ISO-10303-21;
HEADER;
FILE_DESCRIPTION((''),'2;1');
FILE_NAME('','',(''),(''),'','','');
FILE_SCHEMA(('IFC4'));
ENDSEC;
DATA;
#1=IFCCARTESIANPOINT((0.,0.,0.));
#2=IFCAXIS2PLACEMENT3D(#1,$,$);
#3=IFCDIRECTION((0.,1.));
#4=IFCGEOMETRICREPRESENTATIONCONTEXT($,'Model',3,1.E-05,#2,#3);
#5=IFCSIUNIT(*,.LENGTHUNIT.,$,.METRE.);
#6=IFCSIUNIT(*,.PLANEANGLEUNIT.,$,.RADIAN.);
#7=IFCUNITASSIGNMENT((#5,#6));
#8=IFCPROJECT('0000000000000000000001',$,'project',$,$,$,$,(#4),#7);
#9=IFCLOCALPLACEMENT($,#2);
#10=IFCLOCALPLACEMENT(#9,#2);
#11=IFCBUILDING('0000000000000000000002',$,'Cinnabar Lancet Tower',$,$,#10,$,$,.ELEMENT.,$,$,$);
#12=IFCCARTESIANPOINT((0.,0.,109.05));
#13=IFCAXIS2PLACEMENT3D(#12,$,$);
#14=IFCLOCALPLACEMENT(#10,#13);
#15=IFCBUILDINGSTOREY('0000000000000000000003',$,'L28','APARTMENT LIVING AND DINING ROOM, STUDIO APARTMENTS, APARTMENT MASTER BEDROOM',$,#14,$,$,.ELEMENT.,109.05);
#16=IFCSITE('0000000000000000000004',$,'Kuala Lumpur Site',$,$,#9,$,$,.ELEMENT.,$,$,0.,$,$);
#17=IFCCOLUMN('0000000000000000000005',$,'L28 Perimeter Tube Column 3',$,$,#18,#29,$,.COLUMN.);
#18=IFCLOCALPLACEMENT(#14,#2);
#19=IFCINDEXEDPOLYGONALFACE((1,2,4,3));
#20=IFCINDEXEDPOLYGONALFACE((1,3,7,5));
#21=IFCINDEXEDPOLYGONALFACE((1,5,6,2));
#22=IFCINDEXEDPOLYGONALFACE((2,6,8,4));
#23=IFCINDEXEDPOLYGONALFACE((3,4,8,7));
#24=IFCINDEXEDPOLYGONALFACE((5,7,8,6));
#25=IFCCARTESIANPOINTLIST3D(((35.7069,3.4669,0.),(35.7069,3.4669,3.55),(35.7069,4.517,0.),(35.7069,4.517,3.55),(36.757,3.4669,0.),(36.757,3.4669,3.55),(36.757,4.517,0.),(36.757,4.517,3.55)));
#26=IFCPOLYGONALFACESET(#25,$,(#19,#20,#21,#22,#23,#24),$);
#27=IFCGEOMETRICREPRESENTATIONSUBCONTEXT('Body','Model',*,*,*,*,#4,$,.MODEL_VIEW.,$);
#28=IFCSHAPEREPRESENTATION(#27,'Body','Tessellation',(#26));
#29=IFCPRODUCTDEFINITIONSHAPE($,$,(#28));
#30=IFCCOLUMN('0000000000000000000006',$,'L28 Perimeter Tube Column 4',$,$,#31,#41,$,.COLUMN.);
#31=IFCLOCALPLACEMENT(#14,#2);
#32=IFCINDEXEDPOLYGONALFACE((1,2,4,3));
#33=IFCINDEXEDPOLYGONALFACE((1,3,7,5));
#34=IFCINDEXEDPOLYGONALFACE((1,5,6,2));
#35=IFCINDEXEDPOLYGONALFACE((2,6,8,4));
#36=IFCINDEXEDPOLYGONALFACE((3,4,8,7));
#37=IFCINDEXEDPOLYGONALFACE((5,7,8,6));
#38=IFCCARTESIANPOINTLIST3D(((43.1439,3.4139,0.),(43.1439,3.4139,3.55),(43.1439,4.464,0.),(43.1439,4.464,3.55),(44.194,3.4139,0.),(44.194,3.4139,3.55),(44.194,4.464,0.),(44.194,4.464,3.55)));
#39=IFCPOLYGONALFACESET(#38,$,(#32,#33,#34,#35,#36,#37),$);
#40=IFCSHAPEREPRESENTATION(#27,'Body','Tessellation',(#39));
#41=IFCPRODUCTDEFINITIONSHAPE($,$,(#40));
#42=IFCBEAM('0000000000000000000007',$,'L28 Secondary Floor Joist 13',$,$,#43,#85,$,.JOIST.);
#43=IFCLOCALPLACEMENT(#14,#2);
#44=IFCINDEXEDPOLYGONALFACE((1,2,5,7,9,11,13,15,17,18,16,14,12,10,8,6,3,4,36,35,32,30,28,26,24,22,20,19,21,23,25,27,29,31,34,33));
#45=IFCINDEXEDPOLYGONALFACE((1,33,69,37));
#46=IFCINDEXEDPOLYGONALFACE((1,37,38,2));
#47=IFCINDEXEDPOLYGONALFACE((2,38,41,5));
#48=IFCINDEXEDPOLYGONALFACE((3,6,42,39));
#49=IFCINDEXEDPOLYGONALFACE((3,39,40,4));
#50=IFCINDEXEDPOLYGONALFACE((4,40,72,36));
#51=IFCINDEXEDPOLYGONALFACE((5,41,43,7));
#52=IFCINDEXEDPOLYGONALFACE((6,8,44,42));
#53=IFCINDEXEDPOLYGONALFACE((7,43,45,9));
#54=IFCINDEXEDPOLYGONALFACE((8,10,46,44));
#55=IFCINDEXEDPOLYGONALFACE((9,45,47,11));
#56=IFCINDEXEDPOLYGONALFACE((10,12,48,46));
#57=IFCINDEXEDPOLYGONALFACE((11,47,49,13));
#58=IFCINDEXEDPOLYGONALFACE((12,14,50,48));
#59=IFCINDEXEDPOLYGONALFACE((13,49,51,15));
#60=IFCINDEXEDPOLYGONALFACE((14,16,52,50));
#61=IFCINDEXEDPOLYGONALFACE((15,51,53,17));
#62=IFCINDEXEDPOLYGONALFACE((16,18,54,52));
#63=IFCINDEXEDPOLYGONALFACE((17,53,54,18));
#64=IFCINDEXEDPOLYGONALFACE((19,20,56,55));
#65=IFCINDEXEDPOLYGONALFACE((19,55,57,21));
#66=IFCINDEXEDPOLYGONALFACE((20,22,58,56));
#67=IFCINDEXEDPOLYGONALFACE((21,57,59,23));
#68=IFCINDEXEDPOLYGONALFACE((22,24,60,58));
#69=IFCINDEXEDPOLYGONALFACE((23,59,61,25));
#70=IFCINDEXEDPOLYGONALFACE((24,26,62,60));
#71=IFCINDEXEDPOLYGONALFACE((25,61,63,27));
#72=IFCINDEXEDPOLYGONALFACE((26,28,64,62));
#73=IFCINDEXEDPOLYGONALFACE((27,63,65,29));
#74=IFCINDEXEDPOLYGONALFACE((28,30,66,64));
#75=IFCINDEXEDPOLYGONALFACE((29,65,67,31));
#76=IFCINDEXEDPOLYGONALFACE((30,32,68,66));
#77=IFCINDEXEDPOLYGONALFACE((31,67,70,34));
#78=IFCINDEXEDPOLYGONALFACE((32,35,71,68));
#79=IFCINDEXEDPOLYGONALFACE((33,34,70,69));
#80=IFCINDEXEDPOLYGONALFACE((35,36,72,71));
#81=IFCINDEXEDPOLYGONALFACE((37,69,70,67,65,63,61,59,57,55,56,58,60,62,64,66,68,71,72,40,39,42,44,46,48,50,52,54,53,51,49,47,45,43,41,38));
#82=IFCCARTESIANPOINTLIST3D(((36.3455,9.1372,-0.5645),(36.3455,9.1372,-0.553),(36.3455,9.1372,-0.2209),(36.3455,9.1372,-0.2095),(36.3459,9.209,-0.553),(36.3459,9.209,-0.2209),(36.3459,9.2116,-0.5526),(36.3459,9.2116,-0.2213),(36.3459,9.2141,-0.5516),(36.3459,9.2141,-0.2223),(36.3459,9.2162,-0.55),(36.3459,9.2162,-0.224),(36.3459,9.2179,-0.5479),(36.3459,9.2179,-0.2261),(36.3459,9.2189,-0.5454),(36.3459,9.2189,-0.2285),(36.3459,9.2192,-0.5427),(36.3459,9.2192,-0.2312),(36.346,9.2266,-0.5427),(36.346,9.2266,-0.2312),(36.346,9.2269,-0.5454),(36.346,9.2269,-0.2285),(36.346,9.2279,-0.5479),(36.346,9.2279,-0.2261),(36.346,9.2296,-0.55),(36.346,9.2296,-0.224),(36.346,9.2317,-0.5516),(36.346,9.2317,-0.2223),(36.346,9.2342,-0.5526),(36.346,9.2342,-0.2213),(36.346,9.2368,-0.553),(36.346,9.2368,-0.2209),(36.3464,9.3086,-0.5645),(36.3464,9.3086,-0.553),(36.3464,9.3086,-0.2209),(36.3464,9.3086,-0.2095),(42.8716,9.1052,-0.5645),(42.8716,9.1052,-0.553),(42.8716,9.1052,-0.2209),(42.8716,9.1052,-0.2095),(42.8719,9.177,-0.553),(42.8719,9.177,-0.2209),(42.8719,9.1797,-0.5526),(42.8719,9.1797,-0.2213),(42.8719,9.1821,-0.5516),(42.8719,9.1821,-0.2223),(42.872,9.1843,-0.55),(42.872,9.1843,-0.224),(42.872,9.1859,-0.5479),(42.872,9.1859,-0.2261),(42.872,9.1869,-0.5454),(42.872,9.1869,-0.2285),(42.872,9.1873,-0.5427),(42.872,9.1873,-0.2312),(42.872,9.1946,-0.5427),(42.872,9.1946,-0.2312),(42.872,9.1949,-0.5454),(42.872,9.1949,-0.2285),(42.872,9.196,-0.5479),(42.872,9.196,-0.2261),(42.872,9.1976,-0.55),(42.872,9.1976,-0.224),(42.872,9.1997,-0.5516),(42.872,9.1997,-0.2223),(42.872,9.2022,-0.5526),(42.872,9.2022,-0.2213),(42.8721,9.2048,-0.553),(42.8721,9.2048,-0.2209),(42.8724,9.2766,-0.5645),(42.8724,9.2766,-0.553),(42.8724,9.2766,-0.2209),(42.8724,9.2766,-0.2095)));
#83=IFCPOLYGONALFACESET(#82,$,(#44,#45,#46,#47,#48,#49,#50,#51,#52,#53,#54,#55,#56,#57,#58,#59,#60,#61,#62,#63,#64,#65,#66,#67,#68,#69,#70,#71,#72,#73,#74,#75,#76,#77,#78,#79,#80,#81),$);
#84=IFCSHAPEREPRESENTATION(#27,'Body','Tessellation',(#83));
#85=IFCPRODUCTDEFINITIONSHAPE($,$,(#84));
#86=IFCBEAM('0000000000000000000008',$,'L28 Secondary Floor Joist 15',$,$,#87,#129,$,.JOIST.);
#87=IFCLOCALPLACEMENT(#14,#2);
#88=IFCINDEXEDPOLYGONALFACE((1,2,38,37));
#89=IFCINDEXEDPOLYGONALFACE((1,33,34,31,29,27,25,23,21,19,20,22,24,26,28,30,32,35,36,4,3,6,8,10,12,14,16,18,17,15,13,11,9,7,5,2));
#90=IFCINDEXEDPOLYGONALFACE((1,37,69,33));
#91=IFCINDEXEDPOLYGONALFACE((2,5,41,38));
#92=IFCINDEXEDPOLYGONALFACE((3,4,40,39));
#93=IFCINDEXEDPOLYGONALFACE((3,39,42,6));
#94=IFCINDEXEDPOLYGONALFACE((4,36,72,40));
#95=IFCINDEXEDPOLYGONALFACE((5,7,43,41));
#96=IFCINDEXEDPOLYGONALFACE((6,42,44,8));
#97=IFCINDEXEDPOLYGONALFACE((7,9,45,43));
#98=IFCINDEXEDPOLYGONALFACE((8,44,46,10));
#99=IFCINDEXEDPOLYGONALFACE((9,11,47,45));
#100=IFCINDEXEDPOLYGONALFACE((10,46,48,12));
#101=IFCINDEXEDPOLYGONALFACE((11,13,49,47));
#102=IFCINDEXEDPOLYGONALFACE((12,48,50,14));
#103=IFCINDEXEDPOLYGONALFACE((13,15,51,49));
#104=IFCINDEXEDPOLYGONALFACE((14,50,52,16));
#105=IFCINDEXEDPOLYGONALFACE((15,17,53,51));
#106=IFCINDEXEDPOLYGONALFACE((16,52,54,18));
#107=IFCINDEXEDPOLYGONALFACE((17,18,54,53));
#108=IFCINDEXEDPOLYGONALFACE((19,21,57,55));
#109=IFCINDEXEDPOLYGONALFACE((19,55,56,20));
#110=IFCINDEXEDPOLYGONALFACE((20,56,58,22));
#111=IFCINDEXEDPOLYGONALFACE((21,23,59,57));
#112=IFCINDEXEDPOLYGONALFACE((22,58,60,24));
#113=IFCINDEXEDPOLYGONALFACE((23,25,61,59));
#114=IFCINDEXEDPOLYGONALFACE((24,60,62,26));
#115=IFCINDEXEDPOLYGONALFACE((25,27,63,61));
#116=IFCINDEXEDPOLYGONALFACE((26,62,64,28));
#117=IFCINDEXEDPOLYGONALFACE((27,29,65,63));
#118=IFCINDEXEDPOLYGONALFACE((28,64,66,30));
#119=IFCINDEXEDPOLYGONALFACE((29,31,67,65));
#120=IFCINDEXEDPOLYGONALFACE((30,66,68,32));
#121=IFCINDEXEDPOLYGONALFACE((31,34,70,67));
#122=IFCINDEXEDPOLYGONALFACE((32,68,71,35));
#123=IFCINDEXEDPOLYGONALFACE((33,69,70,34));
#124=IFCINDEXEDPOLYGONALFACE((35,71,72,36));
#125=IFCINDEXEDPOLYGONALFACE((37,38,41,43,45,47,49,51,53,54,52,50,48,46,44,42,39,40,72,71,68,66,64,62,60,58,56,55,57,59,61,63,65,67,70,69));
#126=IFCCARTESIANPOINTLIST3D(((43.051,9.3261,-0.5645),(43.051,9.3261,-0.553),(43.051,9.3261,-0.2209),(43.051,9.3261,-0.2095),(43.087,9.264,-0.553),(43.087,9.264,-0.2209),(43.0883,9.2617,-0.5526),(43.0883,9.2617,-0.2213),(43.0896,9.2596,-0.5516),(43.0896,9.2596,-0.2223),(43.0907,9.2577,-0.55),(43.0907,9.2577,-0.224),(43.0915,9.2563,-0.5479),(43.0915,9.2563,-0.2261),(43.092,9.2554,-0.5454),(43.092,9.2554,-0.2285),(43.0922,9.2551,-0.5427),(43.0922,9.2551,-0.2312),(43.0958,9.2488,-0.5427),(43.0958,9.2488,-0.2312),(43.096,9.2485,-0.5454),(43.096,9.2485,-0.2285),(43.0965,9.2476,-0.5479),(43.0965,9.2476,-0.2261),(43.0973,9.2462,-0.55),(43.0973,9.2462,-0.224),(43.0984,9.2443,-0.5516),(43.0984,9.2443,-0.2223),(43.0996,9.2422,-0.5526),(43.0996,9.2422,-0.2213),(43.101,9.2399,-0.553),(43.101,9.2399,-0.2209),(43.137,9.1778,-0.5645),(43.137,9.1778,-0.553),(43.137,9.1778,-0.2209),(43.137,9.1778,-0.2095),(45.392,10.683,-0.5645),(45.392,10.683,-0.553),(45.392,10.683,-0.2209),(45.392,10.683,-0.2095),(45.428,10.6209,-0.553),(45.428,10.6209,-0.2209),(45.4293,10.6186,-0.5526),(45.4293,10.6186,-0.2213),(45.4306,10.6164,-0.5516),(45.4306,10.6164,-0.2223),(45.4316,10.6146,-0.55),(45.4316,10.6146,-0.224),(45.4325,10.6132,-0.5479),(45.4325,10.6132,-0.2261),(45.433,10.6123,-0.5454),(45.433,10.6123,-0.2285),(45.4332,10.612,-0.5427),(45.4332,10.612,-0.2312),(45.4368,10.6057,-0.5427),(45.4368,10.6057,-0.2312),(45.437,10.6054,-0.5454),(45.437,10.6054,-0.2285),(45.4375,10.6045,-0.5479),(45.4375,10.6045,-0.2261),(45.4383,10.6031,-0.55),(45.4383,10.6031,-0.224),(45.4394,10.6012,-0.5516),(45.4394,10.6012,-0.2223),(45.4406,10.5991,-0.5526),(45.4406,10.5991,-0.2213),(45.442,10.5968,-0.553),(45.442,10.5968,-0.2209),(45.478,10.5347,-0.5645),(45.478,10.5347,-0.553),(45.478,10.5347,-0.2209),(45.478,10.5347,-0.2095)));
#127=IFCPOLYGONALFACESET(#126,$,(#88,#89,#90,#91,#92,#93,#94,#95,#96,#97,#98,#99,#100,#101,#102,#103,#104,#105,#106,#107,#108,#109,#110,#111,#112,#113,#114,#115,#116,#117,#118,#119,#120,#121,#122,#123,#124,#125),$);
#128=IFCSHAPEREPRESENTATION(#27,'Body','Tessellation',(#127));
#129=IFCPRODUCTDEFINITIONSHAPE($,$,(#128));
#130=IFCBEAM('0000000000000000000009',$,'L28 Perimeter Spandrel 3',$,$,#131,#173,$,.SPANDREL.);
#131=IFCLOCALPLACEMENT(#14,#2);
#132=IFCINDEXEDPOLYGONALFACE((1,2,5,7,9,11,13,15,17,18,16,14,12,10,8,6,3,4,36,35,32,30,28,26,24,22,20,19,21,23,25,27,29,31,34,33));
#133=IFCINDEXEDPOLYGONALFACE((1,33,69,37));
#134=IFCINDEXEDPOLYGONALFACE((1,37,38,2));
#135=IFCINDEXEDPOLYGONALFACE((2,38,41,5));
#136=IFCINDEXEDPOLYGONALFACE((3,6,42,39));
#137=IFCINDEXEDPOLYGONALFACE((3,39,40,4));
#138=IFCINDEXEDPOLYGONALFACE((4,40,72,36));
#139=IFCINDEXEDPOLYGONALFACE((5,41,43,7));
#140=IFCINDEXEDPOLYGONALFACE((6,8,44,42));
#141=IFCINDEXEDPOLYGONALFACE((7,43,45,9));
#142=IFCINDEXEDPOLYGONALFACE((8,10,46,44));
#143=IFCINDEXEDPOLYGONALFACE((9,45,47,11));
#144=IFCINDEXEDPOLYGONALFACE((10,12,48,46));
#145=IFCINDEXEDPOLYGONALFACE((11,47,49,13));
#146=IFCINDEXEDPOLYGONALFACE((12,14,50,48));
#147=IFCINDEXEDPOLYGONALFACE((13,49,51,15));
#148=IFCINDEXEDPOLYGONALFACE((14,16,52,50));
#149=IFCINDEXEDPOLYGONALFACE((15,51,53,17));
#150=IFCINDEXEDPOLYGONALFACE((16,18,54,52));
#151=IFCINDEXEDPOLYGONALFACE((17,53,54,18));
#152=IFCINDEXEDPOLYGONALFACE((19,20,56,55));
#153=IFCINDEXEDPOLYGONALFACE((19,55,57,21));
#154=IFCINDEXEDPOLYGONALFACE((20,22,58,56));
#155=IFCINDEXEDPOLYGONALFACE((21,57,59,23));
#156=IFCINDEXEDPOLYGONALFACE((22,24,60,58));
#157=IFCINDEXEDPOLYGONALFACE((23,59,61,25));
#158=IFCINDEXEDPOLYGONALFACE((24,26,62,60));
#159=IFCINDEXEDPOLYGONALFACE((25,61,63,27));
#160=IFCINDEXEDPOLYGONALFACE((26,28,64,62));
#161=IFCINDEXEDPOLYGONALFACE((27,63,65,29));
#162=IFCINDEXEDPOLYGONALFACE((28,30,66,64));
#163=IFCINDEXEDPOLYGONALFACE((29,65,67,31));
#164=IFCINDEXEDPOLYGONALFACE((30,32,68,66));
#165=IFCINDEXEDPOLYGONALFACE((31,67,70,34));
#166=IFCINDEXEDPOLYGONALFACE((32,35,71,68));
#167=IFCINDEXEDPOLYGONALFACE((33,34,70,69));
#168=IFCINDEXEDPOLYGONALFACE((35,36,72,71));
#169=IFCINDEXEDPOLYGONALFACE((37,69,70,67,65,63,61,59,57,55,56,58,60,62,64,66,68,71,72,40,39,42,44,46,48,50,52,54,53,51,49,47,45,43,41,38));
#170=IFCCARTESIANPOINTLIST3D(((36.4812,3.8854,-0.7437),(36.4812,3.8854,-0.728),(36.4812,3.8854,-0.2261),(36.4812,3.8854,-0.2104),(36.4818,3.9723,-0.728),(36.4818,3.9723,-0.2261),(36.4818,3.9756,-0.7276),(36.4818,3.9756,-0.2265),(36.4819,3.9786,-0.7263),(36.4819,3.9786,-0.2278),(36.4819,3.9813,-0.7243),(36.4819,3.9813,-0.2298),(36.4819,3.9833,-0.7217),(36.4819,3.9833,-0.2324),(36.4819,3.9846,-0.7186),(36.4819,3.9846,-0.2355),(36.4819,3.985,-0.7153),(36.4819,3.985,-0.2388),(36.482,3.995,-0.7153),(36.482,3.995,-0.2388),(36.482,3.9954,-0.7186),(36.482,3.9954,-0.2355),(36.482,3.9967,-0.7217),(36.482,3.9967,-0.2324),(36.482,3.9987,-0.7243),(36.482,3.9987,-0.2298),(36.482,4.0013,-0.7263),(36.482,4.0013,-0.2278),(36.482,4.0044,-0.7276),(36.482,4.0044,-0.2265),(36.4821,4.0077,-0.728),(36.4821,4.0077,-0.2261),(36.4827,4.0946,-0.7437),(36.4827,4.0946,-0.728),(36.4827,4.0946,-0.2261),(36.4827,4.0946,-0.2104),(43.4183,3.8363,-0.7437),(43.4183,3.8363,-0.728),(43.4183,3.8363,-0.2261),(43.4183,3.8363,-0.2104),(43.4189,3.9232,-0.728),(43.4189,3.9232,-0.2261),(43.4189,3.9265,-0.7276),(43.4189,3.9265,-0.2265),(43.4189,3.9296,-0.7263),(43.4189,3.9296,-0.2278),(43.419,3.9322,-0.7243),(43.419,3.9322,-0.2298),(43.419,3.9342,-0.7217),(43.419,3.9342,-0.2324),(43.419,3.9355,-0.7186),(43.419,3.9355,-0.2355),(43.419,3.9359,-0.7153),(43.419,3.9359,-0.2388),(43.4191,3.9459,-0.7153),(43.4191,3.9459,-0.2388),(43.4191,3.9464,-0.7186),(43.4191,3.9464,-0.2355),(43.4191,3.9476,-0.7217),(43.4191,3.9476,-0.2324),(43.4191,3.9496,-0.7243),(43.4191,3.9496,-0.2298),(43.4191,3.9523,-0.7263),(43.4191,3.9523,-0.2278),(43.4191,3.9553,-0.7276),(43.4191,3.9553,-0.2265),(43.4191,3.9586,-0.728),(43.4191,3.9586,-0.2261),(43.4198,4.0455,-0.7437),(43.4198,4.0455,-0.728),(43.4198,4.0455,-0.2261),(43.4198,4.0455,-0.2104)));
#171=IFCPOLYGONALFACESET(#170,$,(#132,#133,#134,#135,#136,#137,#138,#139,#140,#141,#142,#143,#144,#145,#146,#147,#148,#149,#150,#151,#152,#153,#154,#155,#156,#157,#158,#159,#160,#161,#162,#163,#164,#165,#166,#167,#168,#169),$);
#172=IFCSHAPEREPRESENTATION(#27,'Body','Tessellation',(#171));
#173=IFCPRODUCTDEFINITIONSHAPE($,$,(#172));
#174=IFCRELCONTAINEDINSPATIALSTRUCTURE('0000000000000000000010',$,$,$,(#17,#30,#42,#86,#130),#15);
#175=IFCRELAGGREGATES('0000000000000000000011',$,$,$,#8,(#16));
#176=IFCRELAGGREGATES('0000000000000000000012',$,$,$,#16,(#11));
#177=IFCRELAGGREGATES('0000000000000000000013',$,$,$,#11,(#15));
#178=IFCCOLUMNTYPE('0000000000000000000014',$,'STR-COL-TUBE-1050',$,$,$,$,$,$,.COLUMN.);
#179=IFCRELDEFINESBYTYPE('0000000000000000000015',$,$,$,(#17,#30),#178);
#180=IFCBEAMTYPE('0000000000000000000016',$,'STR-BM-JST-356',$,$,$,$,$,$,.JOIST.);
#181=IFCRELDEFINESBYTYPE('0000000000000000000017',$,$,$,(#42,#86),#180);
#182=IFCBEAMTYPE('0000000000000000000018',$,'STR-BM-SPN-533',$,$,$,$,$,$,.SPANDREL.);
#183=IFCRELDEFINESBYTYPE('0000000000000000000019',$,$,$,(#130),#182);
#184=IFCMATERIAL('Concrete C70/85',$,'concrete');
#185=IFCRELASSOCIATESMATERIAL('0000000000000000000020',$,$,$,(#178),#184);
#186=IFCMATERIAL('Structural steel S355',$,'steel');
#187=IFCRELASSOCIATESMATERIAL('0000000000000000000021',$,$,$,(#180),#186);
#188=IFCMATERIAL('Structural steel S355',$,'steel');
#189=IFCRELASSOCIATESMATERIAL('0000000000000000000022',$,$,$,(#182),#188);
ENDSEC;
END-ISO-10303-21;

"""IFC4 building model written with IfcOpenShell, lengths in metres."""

from ifc_helpers import new_model, si_unit, direction, frame, origin, origin_2d, place, context, subcontext, project, spatial, rectangle, i_section, extrude, material, material_profile, profile_set, type_object, element, save


model = new_model("IFC4")

# Units and contexts
model_context = context("Model", 3, precision=1e-05, world=origin(), true_north=direction((0.0, 1.0)))
body_context = subcontext(model_context, "Body", "Model", "MODEL_VIEW")
ifc_project = project(units=[si_unit("LENGTHUNIT", "METRE"), si_unit("PLANEANGLEUNIT", "RADIAN")], contexts=[model_context])

# Site, building, storey
site_placement = place(None, origin())
site = spatial("IfcSite", under=ifc_project, at=site_placement, Name="Kuala Lumpur Site", CompositionType="ELEMENT", RefElevation=0.0)
building_placement = place(site_placement, origin())
building = spatial("IfcBuilding", under=site, at=building_placement, Name="Cinnabar Lancet Tower", CompositionType="ELEMENT")
storey_placement = place(building_placement, frame((0.0, 0.0, 109.05)))
storey = spatial("IfcBuildingStorey", under=building, at=storey_placement, Name="L28", Description="APARTMENT LIVING AND DINING ROOM, STUDIO APARTMENTS, APARTMENT MASTER BEDROOM", CompositionType="ELEMENT", Elevation=109.05)

# Columns
ifc_material_1 = material(Name="Concrete C70/85", Category="concrete")
ifc_material_profile_1 = material_profile(ifc_material_1, rectangle(XDim=1.05, YDim=1.05, at=origin_2d()), Name="RC-COL 1050x1050")
ifc_profile_set_1 = profile_set([ifc_material_profile_1], Name="Concrete C70/85")
column_type = type_object("IfcColumnType", Name="STR-COL-TUBE-1050", PredefinedType="COLUMN", material=ifc_profile_set_1)
for number, where, z_axis, x_axis, name in (
    (1, (36.2319, 3.9919, 0.0), (0.0, 0.0, 1.0), (1.0, 0.0, 0.0), "L28 Perimeter Tube Column 3"),
    (2, (43.6689, 3.939, 0.0), (0.0, 0.0, 1.0), (1.0, 0.0, 0.0), "L28 Perimeter Tube Column 4"),
):
    element("IfcColumn", number, at=place(storey_placement, frame(where, z_axis=z_axis, x_axis=x_axis)), inside=storey, type_object=column_type, Name=name, PredefinedType="COLUMN", context=body_context, shape_type="SweptSolid", body=[
        extrude(rectangle(XDim=1.05, YDim=1.05, at=origin_2d()), origin(), (0.0, 0.0, 1.0), 3.55),
    ])

# Beams
ifc_material_2 = material(Name="Structural steel S355", Category="steel")
ifc_material_profile_2 = material_profile(ifc_material_2, i_section(OverallWidth=0.1714, OverallDepth=0.355, WebThickness=0.0073, FlangeThickness=0.0115, FilletRadius=0.0103, at=origin_2d()), Name="UKB 356x171x51")
ifc_profile_set_2 = profile_set([ifc_material_profile_2], Name="Structural steel S355")
beam_type_1 = type_object("IfcBeamType", Name="STR-BM-JST-356", PredefinedType="JOIST", material=ifc_profile_set_2)
beam_1_placement = place(storey_placement, frame((36.3459, 9.2229, -0.387), z_axis=(0.999988, -0.004901, 0.0), x_axis=(0.004901, 0.999988, 0.0)))
element("IfcBeam", 3, at=beam_1_placement, inside=storey, type_object=beam_type_1, Name="L28 Secondary Floor Joist 13", PredefinedType="JOIST", context=body_context, shape_type="SweptSolid", body=[
    extrude(i_section(OverallWidth=0.1714, OverallDepth=0.355, WebThickness=0.0073, FlangeThickness=0.0115, FilletRadius=0.0103, at=origin_2d()), origin(), (0.0, 0.0, 1.0), 6.5261),
])
beam_2_placement = place(storey_placement, frame((43.094, 9.252, -0.387), z_axis=(0.865173, 0.501474, 0.0), x_axis=(-0.501474, 0.865173, 0.0)))
element("IfcBeam", 4, at=beam_2_placement, inside=storey, type_object=beam_type_1, Name="L28 Secondary Floor Joist 15", PredefinedType="JOIST", context=body_context, shape_type="SweptSolid", body=[
    extrude(i_section(OverallWidth=0.1714, OverallDepth=0.355, WebThickness=0.0073, FlangeThickness=0.0115, FilletRadius=0.0103, at=origin_2d()), origin(), (0.0, 0.0, 1.0), 2.7058),
])
ifc_material_3 = material(Name="Structural steel S355", Category="steel")
ifc_material_profile_3 = material_profile(ifc_material_3, i_section(OverallWidth=0.2092, OverallDepth=0.5332, WebThickness=0.01, FlangeThickness=0.0156, FilletRadius=0.0127, at=origin_2d()), Name="UKB 533x210x92")
ifc_profile_set_3 = profile_set([ifc_material_profile_3], Name="Structural steel S355")
beam_type_2 = type_object("IfcBeamType", Name="STR-BM-SPN-533", PredefinedType="SPANDREL", material=ifc_profile_set_3)
beam_3_placement = place(storey_placement, frame((36.4819, 3.99, -0.4771), z_axis=(0.999975, -0.007074, 0.0), x_axis=(0.007074, 0.999975, 0.0)))
element("IfcBeam", 5, at=beam_3_placement, inside=storey, type_object=beam_type_2, Name="L28 Perimeter Spandrel 3", PredefinedType="SPANDREL", context=body_context, shape_type="SweptSolid", body=[
    extrude(i_section(OverallWidth=0.2092, OverallDepth=0.5332, WebThickness=0.01, FlangeThickness=0.0156, FilletRadius=0.0127, at=origin_2d()), origin(), (0.0, 0.0, 1.0), 6.9373),
])

save(model, "model.ifc")
